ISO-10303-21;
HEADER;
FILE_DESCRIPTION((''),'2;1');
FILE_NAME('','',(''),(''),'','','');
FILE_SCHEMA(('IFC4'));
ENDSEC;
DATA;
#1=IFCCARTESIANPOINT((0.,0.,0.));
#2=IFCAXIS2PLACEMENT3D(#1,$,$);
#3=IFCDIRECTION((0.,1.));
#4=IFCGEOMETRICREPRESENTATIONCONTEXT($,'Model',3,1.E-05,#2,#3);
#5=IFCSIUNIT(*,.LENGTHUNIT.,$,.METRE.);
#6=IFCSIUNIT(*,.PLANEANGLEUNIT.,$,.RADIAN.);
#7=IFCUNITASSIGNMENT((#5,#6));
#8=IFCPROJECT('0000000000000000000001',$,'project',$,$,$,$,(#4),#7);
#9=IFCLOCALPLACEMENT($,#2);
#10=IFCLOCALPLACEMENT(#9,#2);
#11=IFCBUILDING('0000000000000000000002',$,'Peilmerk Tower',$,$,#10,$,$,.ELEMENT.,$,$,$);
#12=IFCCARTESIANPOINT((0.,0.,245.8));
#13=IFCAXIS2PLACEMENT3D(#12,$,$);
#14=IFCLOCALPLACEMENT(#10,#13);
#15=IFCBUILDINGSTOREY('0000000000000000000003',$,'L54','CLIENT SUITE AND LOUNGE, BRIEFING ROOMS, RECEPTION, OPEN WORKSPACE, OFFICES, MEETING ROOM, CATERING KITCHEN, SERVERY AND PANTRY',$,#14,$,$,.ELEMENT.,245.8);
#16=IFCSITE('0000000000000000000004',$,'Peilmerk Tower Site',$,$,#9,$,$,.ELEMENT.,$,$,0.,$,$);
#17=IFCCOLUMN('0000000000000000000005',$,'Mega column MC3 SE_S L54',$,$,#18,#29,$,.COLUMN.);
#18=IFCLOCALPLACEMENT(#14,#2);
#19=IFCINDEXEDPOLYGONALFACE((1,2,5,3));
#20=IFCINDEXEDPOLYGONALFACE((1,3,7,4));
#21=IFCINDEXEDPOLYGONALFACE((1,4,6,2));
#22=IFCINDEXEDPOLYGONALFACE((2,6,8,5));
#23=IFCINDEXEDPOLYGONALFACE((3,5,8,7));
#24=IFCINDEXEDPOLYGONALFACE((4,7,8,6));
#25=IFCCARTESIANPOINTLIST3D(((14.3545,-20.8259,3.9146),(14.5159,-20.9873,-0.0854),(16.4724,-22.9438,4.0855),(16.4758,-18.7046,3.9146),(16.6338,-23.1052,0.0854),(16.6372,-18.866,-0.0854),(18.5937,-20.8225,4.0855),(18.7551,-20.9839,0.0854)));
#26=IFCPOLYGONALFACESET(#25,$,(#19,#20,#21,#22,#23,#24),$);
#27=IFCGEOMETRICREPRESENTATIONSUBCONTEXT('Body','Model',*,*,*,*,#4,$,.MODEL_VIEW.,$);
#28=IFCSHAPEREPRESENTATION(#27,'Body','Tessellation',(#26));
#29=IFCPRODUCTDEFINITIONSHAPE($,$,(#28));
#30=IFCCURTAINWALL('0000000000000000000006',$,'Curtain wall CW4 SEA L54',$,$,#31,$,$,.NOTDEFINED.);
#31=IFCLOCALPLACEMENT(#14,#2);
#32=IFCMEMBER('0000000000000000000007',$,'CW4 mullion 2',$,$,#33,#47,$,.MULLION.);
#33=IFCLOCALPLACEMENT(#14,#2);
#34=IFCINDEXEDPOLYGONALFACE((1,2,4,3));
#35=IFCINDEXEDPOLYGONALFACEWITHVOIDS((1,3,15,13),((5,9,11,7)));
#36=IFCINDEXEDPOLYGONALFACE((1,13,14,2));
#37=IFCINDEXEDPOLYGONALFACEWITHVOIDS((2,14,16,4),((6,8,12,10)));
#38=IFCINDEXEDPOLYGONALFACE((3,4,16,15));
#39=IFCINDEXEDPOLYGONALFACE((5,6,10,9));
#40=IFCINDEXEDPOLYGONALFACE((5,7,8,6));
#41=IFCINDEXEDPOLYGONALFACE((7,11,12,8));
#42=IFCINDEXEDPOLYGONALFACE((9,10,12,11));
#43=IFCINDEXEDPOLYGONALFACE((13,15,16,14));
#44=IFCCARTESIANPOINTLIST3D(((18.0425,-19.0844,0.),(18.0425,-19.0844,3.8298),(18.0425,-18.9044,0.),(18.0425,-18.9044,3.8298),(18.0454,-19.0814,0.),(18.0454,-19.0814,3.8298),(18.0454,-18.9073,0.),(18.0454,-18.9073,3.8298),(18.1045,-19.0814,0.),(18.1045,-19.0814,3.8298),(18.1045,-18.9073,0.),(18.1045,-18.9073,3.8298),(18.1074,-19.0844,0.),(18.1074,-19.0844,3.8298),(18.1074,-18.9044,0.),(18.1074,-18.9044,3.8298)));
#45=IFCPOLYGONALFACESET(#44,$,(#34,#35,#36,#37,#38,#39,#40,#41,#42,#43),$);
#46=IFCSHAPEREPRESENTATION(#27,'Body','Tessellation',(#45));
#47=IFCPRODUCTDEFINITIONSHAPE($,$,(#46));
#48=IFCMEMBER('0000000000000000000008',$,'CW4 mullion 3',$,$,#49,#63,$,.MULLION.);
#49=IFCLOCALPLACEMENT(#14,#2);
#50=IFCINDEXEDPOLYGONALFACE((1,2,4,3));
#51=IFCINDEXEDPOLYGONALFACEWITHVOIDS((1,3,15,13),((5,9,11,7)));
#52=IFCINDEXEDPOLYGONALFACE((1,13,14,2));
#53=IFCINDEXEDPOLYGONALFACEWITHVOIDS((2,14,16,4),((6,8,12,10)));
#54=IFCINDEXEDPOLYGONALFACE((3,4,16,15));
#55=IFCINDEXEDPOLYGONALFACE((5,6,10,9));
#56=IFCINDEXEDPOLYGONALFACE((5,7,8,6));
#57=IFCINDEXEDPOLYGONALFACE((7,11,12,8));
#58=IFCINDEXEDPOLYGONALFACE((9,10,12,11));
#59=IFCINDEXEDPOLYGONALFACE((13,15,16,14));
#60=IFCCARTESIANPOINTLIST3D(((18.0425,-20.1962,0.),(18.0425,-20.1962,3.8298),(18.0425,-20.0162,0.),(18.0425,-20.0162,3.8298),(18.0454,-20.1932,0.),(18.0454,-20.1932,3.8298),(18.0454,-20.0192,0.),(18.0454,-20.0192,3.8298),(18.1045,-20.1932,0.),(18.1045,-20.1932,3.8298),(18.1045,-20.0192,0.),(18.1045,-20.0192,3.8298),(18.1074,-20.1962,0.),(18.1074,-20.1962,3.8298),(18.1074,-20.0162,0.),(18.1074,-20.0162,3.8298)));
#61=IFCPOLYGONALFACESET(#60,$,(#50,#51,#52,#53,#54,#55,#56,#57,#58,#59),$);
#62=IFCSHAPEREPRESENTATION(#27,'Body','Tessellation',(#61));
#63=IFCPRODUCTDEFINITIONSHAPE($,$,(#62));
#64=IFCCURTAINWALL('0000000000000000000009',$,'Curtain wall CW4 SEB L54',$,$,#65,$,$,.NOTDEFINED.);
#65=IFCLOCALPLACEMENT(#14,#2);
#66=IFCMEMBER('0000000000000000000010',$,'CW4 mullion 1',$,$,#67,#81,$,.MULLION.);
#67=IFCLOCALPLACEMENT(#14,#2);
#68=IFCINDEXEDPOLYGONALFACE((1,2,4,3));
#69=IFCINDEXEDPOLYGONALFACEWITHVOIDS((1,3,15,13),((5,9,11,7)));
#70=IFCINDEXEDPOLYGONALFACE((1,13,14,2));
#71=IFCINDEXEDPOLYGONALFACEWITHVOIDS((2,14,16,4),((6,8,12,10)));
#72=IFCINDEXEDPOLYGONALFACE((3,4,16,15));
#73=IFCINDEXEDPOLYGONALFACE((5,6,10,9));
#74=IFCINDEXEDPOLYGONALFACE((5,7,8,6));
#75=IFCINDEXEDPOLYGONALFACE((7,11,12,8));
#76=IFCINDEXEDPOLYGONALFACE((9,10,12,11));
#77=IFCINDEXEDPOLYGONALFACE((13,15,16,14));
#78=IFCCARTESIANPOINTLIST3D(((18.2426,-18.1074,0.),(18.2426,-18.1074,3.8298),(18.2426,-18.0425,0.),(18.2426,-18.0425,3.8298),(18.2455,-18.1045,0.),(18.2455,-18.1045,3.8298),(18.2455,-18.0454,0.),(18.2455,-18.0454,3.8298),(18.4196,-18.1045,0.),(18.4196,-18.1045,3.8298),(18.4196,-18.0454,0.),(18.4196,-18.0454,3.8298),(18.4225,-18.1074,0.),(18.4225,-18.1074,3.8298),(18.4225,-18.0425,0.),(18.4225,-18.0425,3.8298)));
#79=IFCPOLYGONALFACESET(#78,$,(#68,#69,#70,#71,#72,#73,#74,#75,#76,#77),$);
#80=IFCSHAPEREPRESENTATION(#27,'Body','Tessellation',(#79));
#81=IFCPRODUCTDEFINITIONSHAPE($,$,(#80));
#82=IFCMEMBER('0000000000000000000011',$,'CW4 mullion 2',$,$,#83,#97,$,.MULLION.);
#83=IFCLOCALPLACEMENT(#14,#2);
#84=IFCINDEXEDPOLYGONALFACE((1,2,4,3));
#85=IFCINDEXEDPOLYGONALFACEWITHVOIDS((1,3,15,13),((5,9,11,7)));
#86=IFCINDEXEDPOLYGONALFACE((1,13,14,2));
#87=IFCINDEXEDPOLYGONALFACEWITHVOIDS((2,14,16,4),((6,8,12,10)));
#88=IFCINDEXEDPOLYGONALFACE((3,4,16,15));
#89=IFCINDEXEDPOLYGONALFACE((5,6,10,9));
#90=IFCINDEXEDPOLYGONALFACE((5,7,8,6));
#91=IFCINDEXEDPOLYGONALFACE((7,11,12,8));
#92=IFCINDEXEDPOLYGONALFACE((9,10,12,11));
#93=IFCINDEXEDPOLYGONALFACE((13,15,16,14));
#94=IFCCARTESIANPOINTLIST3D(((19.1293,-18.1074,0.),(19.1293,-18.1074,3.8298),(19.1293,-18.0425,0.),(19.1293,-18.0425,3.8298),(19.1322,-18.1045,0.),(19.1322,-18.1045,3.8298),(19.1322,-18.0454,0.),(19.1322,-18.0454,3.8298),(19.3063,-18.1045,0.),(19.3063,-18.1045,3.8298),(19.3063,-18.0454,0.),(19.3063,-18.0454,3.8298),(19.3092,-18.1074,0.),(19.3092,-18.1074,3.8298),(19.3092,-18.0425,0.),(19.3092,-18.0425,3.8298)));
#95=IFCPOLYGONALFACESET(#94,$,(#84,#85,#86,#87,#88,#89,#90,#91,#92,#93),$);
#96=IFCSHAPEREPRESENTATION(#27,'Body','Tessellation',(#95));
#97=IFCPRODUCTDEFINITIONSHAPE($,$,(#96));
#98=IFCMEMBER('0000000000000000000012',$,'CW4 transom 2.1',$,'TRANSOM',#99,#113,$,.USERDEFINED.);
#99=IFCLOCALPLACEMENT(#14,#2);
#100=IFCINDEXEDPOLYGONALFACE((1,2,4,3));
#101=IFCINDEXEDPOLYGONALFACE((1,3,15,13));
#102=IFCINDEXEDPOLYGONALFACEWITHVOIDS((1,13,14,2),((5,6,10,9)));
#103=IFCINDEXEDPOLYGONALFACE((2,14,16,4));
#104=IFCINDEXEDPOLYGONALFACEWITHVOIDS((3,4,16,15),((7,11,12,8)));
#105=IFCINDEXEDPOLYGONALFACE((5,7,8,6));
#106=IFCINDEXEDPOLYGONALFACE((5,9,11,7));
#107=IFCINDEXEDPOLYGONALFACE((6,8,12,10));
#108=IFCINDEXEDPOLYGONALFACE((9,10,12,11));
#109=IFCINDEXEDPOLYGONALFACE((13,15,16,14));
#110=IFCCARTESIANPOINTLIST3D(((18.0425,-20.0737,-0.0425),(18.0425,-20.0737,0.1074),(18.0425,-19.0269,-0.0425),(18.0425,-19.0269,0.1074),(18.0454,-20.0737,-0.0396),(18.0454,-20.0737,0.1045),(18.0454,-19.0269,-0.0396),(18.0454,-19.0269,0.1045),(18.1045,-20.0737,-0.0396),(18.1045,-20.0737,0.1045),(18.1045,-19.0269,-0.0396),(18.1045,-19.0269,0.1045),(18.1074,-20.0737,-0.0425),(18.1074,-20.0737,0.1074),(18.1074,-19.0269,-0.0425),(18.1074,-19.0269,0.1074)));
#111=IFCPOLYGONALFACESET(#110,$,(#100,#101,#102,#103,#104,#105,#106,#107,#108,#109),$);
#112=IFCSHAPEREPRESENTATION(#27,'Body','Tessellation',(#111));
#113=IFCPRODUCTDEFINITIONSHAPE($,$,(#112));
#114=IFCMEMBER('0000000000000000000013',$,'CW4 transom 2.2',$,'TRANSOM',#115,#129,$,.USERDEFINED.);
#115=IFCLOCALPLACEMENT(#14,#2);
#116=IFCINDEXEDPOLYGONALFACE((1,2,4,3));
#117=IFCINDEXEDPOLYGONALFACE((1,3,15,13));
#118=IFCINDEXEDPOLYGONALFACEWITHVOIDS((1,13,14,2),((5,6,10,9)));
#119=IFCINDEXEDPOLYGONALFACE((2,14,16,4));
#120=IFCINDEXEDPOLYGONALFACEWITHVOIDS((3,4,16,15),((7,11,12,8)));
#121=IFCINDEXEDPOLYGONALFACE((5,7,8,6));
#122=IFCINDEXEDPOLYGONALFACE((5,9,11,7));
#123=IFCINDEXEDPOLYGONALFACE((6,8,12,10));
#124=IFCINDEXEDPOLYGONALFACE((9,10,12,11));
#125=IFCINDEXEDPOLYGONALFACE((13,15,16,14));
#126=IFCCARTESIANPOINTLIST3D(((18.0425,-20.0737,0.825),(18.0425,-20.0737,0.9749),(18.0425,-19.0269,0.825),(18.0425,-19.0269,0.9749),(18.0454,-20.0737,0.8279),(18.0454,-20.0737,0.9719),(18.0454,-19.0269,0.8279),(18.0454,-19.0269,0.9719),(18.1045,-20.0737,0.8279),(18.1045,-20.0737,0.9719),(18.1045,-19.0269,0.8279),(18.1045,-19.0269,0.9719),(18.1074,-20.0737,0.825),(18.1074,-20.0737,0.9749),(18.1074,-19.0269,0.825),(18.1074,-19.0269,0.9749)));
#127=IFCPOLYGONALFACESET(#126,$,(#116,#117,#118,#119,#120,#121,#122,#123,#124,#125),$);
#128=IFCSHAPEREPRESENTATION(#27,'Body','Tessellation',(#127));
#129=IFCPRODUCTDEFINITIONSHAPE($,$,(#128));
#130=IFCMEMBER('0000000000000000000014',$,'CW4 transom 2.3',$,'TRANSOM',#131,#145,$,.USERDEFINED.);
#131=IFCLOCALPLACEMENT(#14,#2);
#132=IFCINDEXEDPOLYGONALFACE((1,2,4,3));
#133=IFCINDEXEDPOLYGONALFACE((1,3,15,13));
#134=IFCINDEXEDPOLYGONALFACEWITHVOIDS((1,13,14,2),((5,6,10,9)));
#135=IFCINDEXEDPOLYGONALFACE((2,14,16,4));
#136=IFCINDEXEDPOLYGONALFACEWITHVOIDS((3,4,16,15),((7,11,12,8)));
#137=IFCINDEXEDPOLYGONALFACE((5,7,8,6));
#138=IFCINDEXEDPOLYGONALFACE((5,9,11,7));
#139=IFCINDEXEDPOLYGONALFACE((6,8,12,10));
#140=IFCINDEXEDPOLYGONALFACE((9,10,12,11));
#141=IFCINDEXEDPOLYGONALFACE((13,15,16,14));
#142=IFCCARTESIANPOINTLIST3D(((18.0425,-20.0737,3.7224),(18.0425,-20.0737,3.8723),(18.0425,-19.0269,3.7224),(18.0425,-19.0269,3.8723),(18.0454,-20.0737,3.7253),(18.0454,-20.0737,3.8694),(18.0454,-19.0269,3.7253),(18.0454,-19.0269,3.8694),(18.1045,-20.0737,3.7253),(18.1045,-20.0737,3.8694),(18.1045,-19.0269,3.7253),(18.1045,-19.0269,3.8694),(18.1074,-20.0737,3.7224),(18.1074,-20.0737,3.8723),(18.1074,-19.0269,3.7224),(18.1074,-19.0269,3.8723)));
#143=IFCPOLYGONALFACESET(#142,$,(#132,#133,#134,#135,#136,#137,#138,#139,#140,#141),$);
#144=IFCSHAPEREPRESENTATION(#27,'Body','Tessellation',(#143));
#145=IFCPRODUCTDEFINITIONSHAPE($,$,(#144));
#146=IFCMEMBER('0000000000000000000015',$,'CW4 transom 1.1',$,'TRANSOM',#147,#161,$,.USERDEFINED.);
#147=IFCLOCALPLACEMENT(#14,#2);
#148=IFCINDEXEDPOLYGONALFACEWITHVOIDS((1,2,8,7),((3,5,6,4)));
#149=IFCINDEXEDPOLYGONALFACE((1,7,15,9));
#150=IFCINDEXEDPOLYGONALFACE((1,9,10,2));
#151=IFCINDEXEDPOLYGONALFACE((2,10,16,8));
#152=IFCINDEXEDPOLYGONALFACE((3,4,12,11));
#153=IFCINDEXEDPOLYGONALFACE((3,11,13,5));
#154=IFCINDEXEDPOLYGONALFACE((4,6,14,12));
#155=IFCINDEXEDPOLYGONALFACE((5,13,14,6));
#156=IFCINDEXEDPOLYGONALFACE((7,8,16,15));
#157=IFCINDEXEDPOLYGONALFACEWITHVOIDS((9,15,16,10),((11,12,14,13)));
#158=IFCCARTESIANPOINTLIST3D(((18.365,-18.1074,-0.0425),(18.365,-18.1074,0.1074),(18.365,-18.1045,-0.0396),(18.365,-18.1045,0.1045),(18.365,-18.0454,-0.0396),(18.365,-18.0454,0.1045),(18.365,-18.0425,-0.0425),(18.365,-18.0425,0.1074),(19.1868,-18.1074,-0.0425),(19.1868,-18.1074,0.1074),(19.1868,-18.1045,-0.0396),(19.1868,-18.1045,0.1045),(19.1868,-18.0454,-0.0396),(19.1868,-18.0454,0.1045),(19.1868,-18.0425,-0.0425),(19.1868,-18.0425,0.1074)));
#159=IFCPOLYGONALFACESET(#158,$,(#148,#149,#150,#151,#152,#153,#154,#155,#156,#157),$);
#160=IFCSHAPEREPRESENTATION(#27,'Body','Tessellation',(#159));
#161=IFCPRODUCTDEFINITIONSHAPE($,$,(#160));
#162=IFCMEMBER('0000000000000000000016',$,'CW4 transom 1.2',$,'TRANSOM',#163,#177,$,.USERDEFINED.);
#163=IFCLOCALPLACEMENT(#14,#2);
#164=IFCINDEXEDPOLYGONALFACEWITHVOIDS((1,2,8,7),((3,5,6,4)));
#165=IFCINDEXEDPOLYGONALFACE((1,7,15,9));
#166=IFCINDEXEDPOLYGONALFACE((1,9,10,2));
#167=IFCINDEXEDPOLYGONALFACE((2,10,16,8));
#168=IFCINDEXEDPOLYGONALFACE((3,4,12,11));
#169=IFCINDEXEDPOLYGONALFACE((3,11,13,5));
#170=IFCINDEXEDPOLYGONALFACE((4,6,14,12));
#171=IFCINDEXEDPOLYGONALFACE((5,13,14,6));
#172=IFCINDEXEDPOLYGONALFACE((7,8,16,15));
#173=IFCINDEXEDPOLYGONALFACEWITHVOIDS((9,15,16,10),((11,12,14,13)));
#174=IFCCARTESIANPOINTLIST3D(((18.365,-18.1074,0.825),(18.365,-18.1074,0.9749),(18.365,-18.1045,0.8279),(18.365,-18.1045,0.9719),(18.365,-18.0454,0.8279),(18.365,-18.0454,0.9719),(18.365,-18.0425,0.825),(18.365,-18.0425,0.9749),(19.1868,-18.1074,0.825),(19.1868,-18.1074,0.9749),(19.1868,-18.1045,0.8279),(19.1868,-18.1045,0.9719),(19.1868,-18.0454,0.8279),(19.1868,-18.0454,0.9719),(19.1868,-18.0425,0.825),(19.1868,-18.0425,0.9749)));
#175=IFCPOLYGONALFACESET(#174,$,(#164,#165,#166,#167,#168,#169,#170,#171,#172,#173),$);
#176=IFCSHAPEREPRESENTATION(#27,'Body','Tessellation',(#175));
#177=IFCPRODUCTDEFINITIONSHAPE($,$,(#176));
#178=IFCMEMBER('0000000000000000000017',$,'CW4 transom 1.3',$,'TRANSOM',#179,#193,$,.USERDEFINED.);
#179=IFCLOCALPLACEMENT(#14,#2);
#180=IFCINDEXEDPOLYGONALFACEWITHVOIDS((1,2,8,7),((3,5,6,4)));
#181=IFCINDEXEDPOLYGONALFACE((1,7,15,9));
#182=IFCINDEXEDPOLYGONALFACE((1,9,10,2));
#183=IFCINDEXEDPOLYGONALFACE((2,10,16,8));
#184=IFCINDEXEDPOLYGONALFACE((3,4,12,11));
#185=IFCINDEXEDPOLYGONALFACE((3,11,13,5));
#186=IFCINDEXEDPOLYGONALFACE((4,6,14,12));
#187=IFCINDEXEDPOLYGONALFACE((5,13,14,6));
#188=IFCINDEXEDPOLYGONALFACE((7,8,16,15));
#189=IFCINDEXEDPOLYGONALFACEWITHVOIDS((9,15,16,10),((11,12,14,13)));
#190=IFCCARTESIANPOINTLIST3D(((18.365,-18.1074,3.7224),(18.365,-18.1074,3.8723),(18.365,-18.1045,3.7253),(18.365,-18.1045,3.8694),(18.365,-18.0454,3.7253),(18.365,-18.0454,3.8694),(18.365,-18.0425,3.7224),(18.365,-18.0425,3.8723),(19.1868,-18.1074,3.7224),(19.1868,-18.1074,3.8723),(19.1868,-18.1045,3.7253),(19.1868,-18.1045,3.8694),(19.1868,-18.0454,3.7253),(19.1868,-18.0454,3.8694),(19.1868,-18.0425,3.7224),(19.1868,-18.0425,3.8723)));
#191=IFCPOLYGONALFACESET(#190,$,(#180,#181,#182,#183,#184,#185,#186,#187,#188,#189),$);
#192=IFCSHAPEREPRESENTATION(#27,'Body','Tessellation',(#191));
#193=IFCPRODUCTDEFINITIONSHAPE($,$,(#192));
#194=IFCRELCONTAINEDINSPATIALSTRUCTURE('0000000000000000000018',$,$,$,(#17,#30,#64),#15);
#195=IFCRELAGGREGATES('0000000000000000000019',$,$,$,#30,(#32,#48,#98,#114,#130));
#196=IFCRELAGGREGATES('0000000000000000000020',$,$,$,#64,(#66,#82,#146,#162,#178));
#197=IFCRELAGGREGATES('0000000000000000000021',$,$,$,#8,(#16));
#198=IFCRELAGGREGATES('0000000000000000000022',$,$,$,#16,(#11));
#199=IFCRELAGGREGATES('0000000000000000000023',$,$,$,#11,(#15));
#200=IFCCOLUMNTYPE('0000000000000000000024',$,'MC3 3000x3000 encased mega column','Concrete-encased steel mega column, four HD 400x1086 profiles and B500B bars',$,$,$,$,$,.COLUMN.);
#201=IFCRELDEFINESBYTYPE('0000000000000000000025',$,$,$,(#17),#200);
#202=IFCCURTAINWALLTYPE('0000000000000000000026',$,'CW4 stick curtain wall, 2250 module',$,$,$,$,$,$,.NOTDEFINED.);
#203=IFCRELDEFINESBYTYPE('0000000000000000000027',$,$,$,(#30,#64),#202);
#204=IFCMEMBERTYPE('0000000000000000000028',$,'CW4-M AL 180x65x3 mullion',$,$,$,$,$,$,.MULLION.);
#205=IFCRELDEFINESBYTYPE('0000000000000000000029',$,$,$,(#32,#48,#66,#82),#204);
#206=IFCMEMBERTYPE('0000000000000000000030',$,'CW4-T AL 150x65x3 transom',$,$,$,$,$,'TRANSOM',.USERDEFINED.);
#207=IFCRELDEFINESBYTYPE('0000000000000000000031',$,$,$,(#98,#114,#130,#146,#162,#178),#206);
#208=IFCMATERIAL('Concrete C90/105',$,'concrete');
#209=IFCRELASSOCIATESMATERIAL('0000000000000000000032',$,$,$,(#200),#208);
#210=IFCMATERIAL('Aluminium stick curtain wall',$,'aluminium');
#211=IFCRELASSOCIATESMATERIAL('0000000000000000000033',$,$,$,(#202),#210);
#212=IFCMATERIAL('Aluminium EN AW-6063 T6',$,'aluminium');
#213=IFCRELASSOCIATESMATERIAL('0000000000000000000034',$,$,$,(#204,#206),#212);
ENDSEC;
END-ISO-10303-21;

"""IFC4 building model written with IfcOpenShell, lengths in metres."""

from ifc_helpers import new_model, si_unit, direction, frame, origin, origin_2d, place, context, subcontext, project, spatial, rectangle, hollow_rectangle, extrude, material, material_profile, profile_set, type_object, element, aggregate, save


model = new_model("IFC4")

# Units and contexts
model_context = context("Model", 3, precision=1e-05, world=origin(), true_north=direction((0.0, 1.0)))
body_context = subcontext(model_context, "Body", "Model", "MODEL_VIEW")
ifc_project = project(units=[si_unit("LENGTHUNIT", "METRE"), si_unit("PLANEANGLEUNIT", "RADIAN")], contexts=[model_context])

# Site, building, storey
site_placement = place(None, origin())
site = spatial("IfcSite", under=ifc_project, at=site_placement, Name="Peilmerk Tower Site", CompositionType="ELEMENT", RefElevation=0.0)
building_placement = place(site_placement, origin())
building = spatial("IfcBuilding", under=site, at=building_placement, Name="Peilmerk Tower", CompositionType="ELEMENT")
storey_placement = place(building_placement, frame((0.0, 0.0, 245.8)))
storey = spatial("IfcBuildingStorey", under=building, at=storey_placement, Name="L54", Description="CLIENT SUITE AND LOUNGE, BRIEFING ROOMS, RECEPTION, OPEN WORKSPACE, OFFICES, MEETING ROOM, CATERING KITCHEN, SERVERY AND PANTRY", CompositionType="ELEMENT", Elevation=245.8)

# Column
ifc_material_1 = material(Name="Concrete C90/105", Category="concrete")
ifc_material_profile_1 = material_profile(ifc_material_1, rectangle(XDim=3.0, YDim=3.0, at=origin_2d()), Name="RC 3000x3000")
ifc_profile_set_1 = profile_set([ifc_material_profile_1], Name="Concrete C90/105")
column_type = type_object("IfcColumnType", Name="MC3 3000x3000 encased mega column", Description="Concrete-encased steel mega column, four HD 400x1086 profiles and B500B bars", PredefinedType="COLUMN", material=ifc_profile_set_1)
column_placement = place(storey_placement, frame((16.6355, -20.9856, 0.0), z_axis=(-0.040279, 0.040279, 0.998376), x_axis=(-0.707107, -0.707107, 0.0)))
element("IfcColumn", 1, at=column_placement, inside=storey, type_object=column_type, Name="Mega column MC3 SE_S L54", PredefinedType="COLUMN", context=body_context, shape_type="SweptSolid", body=[
    extrude(rectangle(XDim=3.0, YDim=3.0, at=origin_2d()), origin(), (0.0, 0.0, 1.0), 4.0066),
])

# Curtain walls, members
ifc_material_2 = material(Name="Aluminium stick curtain wall", Category="aluminium")
curtain_wall_type = type_object("IfcCurtainWallType", Name="CW4 stick curtain wall, 2250 module", PredefinedType="NOTDEFINED", material=ifc_material_2)
curtain_wall_1_placement = place(storey_placement, origin())
curtain_wall_1 = element("IfcCurtainWall", 2, at=curtain_wall_1_placement, inside=storey, type_object=curtain_wall_type, Name="Curtain wall CW4 SEA L54", PredefinedType="NOTDEFINED")
ifc_material_3 = material(Name="Aluminium EN AW-6063 T6", Category="aluminium")
ifc_material_profile_2 = material_profile(ifc_material_3, hollow_rectangle(XDim=0.0649, YDim=0.1799, WallThickness=0.0029, at=origin_2d()), Name="AL 180x65x3")
ifc_profile_set_2 = profile_set([ifc_material_profile_2], Name="Aluminium EN AW-6063 T6")
member_type_1 = type_object("IfcMemberType", Name="CW4-M AL 180x65x3 mullion", PredefinedType="MULLION", material=ifc_profile_set_2)
member_1_placement = place(storey_placement, frame((18.075, -18.9944, 0.0), z_axis=(0.0, 0.0, 1.0), x_axis=(1.0, 0.0, 0.0)))
member_1 = element("IfcMember", 3, at=member_1_placement, type_object=member_type_1, Name="CW4 mullion 2", PredefinedType="MULLION", context=body_context, shape_type="SweptSolid", body=[
    extrude(hollow_rectangle(XDim=0.0649, YDim=0.1799, WallThickness=0.0029, at=origin_2d()), origin(), (0.0, 0.0, 1.0), 3.8298),
])
member_2_placement = place(storey_placement, frame((18.075, -20.1062, 0.0), z_axis=(0.0, 0.0, 1.0), x_axis=(1.0, 0.0, 0.0)))
member_2 = element("IfcMember", 4, at=member_2_placement, type_object=member_type_1, Name="CW4 mullion 3", PredefinedType="MULLION", context=body_context, shape_type="SweptSolid", body=[
    extrude(hollow_rectangle(XDim=0.0649, YDim=0.1799, WallThickness=0.0029, at=origin_2d()), origin(), (0.0, 0.0, 1.0), 3.8298),
])
curtain_wall_2_placement = place(storey_placement, origin())
curtain_wall_2 = element("IfcCurtainWall", 5, at=curtain_wall_2_placement, inside=storey, type_object=curtain_wall_type, Name="Curtain wall CW4 SEB L54", PredefinedType="NOTDEFINED")
member_3_placement = place(storey_placement, frame((18.3325, -18.075, 0.0), z_axis=(0.0, 0.0, 1.0), x_axis=(0.0, 1.0, 0.0)))
member_3 = element("IfcMember", 6, at=member_3_placement, type_object=member_type_1, Name="CW4 mullion 1", PredefinedType="MULLION", context=body_context, shape_type="SweptSolid", body=[
    extrude(hollow_rectangle(XDim=0.0649, YDim=0.1799, WallThickness=0.0029, at=origin_2d()), origin(), (0.0, 0.0, 1.0), 3.8298),
])
member_4_placement = place(storey_placement, frame((19.2192, -18.075, 0.0), z_axis=(0.0, 0.0, 1.0), x_axis=(0.0, 1.0, 0.0)))
member_4 = element("IfcMember", 7, at=member_4_placement, type_object=member_type_1, Name="CW4 mullion 2", PredefinedType="MULLION", context=body_context, shape_type="SweptSolid", body=[
    extrude(hollow_rectangle(XDim=0.0649, YDim=0.1799, WallThickness=0.0029, at=origin_2d()), origin(), (0.0, 0.0, 1.0), 3.8298),
])

# Members
ifc_material_profile_3 = material_profile(ifc_material_3, hollow_rectangle(XDim=0.0649, YDim=0.1499, WallThickness=0.0029, at=origin_2d()), Name="AL 150x65x3")
ifc_profile_set_3 = profile_set([ifc_material_profile_3], Name="Aluminium EN AW-6063 T6")
member_type_2 = type_object("IfcMemberType", Name="CW4-T AL 150x65x3 transom", ElementType="TRANSOM", PredefinedType="USERDEFINED", material=ifc_profile_set_3)
member_5_placement = place(storey_placement, frame((18.075, -19.0269, 0.0325), z_axis=(0.0, -1.0, 0.0), x_axis=(1.0, 0.0, 0.0)))
member_5 = element("IfcMember", 8, at=member_5_placement, type_object=member_type_2, Name="CW4 transom 2.1", ObjectType="TRANSOM", PredefinedType="USERDEFINED", context=body_context, shape_type="SweptSolid", body=[
    extrude(hollow_rectangle(XDim=0.0649, YDim=0.1499, WallThickness=0.0029, at=origin_2d()), origin(), (0.0, 0.0, 1.0), 1.0469),
])
member_6_placement = place(storey_placement, frame((18.075, -19.0269, 0.8999), z_axis=(0.0, -1.0, 0.0), x_axis=(1.0, 0.0, 0.0)))
member_6 = element("IfcMember", 9, at=member_6_placement, type_object=member_type_2, Name="CW4 transom 2.2", ObjectType="TRANSOM", PredefinedType="USERDEFINED", context=body_context, shape_type="SweptSolid", body=[
    extrude(hollow_rectangle(XDim=0.0649, YDim=0.1499, WallThickness=0.0029, at=origin_2d()), origin(), (0.0, 0.0, 1.0), 1.0469),
])
member_7_placement = place(storey_placement, frame((18.075, -19.0269, 3.7974), z_axis=(0.0, -1.0, 0.0), x_axis=(1.0, 0.0, 0.0)))
member_7 = element("IfcMember", 10, at=member_7_placement, type_object=member_type_2, Name="CW4 transom 2.3", ObjectType="TRANSOM", PredefinedType="USERDEFINED", context=body_context, shape_type="SweptSolid", body=[
    extrude(hollow_rectangle(XDim=0.0649, YDim=0.1499, WallThickness=0.0029, at=origin_2d()), origin(), (0.0, 0.0, 1.0), 1.0469),
])
member_8_placement = place(storey_placement, frame((18.365, -18.075, 0.0325), z_axis=(1.0, 0.0, 0.0), x_axis=(0.0, 1.0, 0.0)))
member_8 = element("IfcMember", 11, at=member_8_placement, type_object=member_type_2, Name="CW4 transom 1.1", ObjectType="TRANSOM", PredefinedType="USERDEFINED", context=body_context, shape_type="SweptSolid", body=[
    extrude(hollow_rectangle(XDim=0.0649, YDim=0.1499, WallThickness=0.0029, at=origin_2d()), origin(), (0.0, 0.0, 1.0), 0.8218),
])
member_9_placement = place(storey_placement, frame((18.365, -18.075, 0.8999), z_axis=(1.0, 0.0, 0.0), x_axis=(0.0, 1.0, 0.0)))
member_9 = element("IfcMember", 12, at=member_9_placement, type_object=member_type_2, Name="CW4 transom 1.2", ObjectType="TRANSOM", PredefinedType="USERDEFINED", context=body_context, shape_type="SweptSolid", body=[
    extrude(hollow_rectangle(XDim=0.0649, YDim=0.1499, WallThickness=0.0029, at=origin_2d()), origin(), (0.0, 0.0, 1.0), 0.8218),
])
member_10_placement = place(storey_placement, frame((18.365, -18.075, 3.7974), z_axis=(1.0, 0.0, 0.0), x_axis=(0.0, 1.0, 0.0)))
member_10 = element("IfcMember", 13, at=member_10_placement, type_object=member_type_2, Name="CW4 transom 1.3", ObjectType="TRANSOM", PredefinedType="USERDEFINED", context=body_context, shape_type="SweptSolid", body=[
    extrude(hollow_rectangle(XDim=0.0649, YDim=0.1499, WallThickness=0.0029, at=origin_2d()), origin(), (0.0, 0.0, 1.0), 0.8218),
])

aggregate(curtain_wall_1, [member_1, member_2, member_5, member_6, member_7])
aggregate(curtain_wall_2, [member_3, member_4, member_8, member_9, member_10])

save(model, "model.ifc")
